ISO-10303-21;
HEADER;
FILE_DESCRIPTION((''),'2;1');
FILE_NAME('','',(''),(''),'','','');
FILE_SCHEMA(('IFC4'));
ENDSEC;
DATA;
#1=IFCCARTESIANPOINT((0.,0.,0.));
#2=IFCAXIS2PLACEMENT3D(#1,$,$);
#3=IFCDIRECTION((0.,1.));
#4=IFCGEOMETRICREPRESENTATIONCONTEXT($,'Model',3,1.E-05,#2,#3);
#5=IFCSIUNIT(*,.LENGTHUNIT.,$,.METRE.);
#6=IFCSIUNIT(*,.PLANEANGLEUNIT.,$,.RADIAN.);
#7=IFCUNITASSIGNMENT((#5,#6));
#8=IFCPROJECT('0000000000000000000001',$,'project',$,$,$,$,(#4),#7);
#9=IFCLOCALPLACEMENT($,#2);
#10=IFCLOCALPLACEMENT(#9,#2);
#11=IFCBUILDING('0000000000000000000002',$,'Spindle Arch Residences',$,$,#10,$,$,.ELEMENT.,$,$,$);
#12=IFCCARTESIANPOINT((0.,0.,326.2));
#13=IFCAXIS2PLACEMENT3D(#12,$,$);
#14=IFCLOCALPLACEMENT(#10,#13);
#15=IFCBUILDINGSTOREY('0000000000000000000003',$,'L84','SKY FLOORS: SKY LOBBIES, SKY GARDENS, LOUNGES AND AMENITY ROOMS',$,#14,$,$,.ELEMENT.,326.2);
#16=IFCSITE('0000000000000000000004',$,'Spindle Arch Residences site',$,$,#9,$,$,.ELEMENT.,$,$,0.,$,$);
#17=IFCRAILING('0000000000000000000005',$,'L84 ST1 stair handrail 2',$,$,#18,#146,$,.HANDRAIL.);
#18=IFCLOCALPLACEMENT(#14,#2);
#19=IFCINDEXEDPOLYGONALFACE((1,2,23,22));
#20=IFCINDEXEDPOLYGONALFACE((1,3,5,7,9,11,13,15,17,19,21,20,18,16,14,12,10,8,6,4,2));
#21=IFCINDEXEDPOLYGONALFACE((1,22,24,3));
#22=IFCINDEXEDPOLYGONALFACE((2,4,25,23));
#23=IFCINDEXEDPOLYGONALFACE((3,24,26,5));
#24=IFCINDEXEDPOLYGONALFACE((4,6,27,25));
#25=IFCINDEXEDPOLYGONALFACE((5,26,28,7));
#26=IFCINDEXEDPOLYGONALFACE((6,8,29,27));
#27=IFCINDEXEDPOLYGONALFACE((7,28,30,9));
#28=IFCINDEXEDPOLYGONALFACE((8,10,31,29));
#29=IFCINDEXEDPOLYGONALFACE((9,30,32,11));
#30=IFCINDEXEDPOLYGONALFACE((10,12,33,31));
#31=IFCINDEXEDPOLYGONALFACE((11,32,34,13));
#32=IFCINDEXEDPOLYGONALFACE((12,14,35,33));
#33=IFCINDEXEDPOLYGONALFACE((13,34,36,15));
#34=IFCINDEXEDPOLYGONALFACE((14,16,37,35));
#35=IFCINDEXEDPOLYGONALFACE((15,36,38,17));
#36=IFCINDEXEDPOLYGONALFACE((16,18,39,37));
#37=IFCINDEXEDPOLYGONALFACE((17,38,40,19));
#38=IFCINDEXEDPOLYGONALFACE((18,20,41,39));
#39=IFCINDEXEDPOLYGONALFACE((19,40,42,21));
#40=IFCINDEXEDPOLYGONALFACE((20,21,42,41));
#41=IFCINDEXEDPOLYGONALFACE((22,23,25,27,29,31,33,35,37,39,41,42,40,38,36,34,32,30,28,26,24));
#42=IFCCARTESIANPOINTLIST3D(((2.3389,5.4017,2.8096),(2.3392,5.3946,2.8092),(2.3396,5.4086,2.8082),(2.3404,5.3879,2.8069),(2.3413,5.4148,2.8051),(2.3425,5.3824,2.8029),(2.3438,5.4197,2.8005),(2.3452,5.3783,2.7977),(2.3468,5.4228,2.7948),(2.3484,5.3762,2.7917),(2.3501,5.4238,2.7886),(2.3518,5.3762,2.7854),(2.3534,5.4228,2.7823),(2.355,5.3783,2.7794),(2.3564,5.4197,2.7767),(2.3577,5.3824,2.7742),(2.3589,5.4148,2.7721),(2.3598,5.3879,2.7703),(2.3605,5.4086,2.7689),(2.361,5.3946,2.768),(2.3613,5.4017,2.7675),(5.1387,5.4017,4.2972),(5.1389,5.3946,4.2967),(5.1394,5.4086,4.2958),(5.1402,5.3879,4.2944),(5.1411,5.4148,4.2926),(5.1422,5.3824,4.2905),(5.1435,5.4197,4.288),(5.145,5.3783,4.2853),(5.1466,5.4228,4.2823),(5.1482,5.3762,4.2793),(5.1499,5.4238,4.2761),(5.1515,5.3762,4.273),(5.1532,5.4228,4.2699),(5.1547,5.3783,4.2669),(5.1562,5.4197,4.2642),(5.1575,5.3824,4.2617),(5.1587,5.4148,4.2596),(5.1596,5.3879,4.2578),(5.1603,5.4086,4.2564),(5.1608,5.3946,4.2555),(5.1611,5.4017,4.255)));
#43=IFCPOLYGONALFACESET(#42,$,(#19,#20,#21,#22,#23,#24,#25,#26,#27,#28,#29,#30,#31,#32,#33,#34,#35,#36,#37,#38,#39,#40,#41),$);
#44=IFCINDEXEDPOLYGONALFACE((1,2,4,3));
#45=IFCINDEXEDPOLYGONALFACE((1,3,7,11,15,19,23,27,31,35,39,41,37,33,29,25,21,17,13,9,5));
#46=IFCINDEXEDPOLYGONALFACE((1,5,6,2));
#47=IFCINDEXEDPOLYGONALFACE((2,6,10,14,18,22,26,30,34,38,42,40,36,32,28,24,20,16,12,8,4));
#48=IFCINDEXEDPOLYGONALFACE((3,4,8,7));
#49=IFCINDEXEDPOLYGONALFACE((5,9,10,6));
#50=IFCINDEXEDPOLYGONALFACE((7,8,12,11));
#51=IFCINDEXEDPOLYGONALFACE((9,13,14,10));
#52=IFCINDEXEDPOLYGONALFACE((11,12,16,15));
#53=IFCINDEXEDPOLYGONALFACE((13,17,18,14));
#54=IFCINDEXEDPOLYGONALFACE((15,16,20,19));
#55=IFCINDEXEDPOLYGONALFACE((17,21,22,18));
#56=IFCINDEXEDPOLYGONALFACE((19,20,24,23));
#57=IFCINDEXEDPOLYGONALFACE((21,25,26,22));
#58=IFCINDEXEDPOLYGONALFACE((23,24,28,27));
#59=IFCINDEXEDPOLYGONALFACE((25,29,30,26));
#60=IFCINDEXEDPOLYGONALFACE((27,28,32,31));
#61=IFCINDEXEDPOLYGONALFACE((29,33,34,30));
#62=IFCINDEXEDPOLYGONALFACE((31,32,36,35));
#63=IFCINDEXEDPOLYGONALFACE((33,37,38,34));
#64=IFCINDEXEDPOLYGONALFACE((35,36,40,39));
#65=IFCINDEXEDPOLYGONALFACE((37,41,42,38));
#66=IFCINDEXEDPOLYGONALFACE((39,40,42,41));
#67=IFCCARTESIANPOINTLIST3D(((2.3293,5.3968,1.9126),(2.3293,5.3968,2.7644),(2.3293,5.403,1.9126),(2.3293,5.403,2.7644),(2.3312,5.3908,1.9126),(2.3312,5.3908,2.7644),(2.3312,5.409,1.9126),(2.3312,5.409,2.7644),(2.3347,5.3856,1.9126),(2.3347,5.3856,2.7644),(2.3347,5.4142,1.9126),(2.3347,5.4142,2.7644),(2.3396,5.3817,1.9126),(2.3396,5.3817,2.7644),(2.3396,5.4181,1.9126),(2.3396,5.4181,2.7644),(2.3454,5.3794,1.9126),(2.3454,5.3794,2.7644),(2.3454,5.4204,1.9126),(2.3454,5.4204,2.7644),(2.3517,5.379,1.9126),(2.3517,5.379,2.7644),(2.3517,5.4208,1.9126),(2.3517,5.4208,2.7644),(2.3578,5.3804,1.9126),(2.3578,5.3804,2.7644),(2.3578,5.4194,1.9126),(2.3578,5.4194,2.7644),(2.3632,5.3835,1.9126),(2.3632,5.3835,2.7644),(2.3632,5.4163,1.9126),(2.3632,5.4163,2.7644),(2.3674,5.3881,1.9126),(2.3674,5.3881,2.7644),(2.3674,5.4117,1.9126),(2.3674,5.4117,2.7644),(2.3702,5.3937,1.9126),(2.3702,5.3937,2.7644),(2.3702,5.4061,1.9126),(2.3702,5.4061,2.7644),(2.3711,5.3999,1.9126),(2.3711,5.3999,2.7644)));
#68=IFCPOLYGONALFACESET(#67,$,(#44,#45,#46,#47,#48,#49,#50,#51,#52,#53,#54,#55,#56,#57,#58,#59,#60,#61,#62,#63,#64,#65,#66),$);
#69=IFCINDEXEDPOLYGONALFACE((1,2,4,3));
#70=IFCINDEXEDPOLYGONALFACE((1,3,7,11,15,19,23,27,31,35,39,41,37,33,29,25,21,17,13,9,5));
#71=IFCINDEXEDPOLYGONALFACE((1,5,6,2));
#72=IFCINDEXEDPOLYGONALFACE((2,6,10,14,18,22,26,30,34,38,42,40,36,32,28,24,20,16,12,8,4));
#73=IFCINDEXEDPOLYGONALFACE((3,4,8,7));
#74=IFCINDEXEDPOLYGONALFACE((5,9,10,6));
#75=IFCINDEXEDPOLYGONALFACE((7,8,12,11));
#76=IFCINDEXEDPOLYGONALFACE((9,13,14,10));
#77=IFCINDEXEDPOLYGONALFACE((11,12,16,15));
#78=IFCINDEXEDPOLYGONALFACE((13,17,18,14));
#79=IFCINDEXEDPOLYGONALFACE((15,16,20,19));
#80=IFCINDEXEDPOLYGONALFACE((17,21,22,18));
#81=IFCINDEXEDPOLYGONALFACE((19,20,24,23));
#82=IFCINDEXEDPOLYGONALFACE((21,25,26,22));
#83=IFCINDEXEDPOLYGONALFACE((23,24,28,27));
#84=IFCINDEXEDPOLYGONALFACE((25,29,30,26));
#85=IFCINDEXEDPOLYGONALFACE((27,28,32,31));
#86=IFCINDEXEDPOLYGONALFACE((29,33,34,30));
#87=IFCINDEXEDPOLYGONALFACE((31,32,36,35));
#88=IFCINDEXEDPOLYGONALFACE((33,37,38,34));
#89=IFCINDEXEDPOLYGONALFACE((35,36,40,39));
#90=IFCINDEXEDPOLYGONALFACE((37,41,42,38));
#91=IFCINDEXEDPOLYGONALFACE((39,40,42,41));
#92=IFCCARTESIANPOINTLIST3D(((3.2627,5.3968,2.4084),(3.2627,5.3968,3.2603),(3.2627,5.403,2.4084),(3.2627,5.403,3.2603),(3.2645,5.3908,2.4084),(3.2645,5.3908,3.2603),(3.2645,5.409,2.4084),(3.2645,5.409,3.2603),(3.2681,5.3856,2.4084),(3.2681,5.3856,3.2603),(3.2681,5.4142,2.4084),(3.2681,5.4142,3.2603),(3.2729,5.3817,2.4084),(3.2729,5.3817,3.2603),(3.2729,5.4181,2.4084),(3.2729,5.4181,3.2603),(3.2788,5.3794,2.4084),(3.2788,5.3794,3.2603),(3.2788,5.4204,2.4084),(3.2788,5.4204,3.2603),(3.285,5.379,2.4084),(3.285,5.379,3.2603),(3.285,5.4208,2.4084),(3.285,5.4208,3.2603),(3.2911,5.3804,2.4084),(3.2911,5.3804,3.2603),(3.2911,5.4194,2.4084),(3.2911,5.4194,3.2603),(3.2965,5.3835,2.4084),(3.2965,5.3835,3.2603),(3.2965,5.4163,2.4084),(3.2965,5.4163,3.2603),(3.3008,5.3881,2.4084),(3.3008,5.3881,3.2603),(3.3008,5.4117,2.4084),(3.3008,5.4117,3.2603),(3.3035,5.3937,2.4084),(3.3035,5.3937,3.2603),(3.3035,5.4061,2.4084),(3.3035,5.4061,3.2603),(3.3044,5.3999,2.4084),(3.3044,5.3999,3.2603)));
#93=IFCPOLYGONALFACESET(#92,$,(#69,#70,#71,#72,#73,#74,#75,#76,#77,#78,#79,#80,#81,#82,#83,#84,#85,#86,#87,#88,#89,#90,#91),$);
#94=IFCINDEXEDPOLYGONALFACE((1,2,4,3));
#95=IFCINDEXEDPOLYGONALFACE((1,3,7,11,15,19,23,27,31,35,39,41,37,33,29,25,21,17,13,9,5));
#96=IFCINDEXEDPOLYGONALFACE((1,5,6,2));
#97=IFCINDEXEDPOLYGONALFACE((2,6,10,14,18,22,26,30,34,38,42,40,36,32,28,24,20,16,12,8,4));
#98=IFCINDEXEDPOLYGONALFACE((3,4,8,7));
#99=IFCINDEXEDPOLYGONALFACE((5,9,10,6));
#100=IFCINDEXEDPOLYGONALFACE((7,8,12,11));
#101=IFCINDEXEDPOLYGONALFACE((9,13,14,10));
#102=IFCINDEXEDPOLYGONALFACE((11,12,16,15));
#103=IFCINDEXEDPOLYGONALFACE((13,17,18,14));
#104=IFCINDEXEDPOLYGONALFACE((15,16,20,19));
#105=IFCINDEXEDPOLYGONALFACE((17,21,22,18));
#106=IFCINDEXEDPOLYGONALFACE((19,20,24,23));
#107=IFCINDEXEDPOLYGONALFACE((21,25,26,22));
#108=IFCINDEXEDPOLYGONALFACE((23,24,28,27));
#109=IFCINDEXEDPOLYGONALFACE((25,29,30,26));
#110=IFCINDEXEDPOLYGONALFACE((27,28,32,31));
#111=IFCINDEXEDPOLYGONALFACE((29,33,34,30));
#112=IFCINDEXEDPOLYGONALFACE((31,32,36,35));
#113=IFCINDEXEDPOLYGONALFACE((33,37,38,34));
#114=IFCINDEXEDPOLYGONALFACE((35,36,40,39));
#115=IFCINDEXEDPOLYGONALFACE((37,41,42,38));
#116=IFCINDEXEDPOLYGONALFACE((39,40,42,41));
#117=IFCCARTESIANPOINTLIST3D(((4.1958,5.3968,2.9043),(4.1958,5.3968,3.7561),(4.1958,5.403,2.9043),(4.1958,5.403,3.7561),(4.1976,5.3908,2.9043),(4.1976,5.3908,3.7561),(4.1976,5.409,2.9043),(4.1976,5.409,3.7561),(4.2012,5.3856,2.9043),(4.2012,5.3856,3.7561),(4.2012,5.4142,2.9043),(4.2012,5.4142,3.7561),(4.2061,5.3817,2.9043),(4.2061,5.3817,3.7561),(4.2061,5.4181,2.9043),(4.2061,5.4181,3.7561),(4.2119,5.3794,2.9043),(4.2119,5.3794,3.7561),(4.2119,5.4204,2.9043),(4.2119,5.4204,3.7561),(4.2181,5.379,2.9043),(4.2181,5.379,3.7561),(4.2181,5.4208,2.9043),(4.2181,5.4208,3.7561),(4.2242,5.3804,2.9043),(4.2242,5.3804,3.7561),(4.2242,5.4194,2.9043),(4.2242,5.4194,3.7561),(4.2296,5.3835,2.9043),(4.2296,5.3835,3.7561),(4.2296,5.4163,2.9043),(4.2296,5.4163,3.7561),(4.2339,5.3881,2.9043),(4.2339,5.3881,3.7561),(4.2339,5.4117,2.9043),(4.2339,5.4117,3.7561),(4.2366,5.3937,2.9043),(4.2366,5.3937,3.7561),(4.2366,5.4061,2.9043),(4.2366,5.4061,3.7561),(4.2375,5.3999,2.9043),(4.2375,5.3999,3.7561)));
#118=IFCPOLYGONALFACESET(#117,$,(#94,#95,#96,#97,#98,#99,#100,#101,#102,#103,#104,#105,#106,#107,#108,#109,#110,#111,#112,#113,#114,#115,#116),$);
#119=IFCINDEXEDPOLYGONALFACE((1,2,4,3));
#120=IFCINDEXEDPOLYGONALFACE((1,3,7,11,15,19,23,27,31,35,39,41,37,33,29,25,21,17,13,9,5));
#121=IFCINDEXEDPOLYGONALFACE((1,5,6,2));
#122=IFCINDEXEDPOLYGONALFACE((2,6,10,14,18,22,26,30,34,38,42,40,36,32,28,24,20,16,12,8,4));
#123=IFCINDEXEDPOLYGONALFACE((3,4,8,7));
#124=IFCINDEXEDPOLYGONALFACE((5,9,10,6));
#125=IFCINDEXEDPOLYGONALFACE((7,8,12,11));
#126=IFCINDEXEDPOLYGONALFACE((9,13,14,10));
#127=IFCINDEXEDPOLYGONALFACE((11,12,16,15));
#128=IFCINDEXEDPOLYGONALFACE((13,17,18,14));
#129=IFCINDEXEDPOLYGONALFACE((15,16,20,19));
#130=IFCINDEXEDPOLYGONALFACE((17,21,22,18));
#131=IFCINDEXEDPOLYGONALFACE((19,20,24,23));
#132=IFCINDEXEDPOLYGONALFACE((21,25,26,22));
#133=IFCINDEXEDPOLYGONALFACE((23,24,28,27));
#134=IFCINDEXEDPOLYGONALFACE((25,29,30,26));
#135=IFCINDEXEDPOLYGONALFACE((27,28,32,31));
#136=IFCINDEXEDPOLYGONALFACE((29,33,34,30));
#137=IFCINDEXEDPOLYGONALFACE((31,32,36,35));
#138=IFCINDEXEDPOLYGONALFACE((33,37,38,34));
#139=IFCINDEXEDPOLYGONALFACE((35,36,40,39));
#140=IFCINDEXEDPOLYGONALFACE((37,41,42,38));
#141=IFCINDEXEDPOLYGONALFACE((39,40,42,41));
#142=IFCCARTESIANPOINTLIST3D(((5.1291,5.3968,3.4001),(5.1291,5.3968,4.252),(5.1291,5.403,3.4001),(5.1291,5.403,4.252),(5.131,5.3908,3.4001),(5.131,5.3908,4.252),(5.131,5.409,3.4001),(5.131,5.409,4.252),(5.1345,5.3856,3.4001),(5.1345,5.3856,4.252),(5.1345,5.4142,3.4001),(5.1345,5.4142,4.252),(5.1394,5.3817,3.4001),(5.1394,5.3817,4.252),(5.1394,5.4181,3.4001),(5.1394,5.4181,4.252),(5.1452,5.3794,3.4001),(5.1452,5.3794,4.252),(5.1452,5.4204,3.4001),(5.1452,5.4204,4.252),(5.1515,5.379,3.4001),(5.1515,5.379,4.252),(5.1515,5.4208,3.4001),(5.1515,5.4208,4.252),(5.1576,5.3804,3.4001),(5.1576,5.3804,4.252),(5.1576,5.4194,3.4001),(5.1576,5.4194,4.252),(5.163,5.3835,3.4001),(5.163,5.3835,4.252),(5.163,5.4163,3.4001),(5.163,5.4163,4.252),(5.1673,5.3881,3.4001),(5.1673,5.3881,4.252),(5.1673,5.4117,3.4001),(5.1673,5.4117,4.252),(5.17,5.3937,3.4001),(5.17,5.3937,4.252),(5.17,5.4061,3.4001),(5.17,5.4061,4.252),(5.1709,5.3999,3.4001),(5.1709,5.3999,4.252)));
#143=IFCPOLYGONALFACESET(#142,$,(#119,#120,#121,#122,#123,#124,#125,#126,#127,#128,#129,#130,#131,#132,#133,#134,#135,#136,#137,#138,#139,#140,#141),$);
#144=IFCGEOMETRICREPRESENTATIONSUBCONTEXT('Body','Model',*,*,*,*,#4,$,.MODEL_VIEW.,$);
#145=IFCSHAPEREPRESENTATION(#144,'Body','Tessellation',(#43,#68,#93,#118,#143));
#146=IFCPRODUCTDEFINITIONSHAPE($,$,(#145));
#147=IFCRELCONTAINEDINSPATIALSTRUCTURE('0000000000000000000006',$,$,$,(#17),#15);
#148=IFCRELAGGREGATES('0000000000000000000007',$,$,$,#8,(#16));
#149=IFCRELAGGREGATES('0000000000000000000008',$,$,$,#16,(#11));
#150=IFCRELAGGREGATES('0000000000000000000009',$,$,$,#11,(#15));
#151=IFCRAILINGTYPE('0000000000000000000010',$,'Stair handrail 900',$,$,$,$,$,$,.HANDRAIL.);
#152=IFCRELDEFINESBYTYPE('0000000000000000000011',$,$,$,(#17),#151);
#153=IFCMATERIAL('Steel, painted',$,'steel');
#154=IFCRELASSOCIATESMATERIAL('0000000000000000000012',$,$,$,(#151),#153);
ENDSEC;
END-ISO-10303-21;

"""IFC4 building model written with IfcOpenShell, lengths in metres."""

from ifc_helpers import new_model, si_unit, direction, frame, origin, origin_2d, place, context, subcontext, project, spatial, circle, extrude, material, type_object, element, save


model = new_model("IFC4")

# Units and contexts
model_context = context("Model", 3, precision=1e-05, world=origin(), true_north=direction((0.0, 1.0)))
body_context = subcontext(model_context, "Body", "Model", "MODEL_VIEW")
ifc_project = project(units=[si_unit("LENGTHUNIT", "METRE"), si_unit("PLANEANGLEUNIT", "RADIAN")], contexts=[model_context])

# Site, building, storey
site_placement = place(None, origin())
site = spatial("IfcSite", under=ifc_project, at=site_placement, Name="Spindle Arch Residences site", CompositionType="ELEMENT", RefElevation=0.0)
building_placement = place(site_placement, origin())
building = spatial("IfcBuilding", under=site, at=building_placement, Name="Spindle Arch Residences", CompositionType="ELEMENT")
storey_placement = place(building_placement, frame((0.0, 0.0, 326.2)))
storey = spatial("IfcBuildingStorey", under=building, at=storey_placement, Name="L84", Description="SKY FLOORS: SKY LOBBIES, SKY GARDENS, LOUNGES AND AMENITY ROOMS", CompositionType="ELEMENT", Elevation=326.2)

# Railing
ifc_material_1 = material(Name="Steel, painted", Category="steel")
railing_type_1 = type_object("IfcRailingType", Name="Stair handrail 900", PredefinedType="HANDRAIL", material=ifc_material_1)
railing_1_placement = place(storey_placement, frame((2.3501, 5.3999, 1.9126)))
element("IfcRailing", 1, at=railing_1_placement, inside=storey, type_object=railing_type_1, Name="L84 ST1 stair handrail 2", PredefinedType="HANDRAIL", context=body_context, shape_type="SweptSolid", body=[
    extrude(circle(Radius=0.0239, at=origin_2d()), frame((0.0, 0.0, 0.876), z_axis=(0.883096, 0.0, 0.469193), x_axis=(0.0, 1.0, 0.0)), (0.0, 0.0, 1.0), 3.1704),
    extrude(circle(Radius=0.021, at=origin_2d()), origin(), (0.0, 0.0, 1.0), 0.8518),
    extrude(circle(Radius=0.021, at=origin_2d()), frame((0.9333, 0.0, 0.4958)), (0.0, 0.0, 1.0), 0.8518),
    extrude(circle(Radius=0.021, at=origin_2d()), frame((1.8665, 0.0, 0.9917)), (0.0, 0.0, 1.0), 0.8518),
    extrude(circle(Radius=0.021, at=origin_2d()), frame((2.7998, 0.0, 1.4875)), (0.0, 0.0, 1.0), 0.8518),
])

save(model, "model.ifc")
